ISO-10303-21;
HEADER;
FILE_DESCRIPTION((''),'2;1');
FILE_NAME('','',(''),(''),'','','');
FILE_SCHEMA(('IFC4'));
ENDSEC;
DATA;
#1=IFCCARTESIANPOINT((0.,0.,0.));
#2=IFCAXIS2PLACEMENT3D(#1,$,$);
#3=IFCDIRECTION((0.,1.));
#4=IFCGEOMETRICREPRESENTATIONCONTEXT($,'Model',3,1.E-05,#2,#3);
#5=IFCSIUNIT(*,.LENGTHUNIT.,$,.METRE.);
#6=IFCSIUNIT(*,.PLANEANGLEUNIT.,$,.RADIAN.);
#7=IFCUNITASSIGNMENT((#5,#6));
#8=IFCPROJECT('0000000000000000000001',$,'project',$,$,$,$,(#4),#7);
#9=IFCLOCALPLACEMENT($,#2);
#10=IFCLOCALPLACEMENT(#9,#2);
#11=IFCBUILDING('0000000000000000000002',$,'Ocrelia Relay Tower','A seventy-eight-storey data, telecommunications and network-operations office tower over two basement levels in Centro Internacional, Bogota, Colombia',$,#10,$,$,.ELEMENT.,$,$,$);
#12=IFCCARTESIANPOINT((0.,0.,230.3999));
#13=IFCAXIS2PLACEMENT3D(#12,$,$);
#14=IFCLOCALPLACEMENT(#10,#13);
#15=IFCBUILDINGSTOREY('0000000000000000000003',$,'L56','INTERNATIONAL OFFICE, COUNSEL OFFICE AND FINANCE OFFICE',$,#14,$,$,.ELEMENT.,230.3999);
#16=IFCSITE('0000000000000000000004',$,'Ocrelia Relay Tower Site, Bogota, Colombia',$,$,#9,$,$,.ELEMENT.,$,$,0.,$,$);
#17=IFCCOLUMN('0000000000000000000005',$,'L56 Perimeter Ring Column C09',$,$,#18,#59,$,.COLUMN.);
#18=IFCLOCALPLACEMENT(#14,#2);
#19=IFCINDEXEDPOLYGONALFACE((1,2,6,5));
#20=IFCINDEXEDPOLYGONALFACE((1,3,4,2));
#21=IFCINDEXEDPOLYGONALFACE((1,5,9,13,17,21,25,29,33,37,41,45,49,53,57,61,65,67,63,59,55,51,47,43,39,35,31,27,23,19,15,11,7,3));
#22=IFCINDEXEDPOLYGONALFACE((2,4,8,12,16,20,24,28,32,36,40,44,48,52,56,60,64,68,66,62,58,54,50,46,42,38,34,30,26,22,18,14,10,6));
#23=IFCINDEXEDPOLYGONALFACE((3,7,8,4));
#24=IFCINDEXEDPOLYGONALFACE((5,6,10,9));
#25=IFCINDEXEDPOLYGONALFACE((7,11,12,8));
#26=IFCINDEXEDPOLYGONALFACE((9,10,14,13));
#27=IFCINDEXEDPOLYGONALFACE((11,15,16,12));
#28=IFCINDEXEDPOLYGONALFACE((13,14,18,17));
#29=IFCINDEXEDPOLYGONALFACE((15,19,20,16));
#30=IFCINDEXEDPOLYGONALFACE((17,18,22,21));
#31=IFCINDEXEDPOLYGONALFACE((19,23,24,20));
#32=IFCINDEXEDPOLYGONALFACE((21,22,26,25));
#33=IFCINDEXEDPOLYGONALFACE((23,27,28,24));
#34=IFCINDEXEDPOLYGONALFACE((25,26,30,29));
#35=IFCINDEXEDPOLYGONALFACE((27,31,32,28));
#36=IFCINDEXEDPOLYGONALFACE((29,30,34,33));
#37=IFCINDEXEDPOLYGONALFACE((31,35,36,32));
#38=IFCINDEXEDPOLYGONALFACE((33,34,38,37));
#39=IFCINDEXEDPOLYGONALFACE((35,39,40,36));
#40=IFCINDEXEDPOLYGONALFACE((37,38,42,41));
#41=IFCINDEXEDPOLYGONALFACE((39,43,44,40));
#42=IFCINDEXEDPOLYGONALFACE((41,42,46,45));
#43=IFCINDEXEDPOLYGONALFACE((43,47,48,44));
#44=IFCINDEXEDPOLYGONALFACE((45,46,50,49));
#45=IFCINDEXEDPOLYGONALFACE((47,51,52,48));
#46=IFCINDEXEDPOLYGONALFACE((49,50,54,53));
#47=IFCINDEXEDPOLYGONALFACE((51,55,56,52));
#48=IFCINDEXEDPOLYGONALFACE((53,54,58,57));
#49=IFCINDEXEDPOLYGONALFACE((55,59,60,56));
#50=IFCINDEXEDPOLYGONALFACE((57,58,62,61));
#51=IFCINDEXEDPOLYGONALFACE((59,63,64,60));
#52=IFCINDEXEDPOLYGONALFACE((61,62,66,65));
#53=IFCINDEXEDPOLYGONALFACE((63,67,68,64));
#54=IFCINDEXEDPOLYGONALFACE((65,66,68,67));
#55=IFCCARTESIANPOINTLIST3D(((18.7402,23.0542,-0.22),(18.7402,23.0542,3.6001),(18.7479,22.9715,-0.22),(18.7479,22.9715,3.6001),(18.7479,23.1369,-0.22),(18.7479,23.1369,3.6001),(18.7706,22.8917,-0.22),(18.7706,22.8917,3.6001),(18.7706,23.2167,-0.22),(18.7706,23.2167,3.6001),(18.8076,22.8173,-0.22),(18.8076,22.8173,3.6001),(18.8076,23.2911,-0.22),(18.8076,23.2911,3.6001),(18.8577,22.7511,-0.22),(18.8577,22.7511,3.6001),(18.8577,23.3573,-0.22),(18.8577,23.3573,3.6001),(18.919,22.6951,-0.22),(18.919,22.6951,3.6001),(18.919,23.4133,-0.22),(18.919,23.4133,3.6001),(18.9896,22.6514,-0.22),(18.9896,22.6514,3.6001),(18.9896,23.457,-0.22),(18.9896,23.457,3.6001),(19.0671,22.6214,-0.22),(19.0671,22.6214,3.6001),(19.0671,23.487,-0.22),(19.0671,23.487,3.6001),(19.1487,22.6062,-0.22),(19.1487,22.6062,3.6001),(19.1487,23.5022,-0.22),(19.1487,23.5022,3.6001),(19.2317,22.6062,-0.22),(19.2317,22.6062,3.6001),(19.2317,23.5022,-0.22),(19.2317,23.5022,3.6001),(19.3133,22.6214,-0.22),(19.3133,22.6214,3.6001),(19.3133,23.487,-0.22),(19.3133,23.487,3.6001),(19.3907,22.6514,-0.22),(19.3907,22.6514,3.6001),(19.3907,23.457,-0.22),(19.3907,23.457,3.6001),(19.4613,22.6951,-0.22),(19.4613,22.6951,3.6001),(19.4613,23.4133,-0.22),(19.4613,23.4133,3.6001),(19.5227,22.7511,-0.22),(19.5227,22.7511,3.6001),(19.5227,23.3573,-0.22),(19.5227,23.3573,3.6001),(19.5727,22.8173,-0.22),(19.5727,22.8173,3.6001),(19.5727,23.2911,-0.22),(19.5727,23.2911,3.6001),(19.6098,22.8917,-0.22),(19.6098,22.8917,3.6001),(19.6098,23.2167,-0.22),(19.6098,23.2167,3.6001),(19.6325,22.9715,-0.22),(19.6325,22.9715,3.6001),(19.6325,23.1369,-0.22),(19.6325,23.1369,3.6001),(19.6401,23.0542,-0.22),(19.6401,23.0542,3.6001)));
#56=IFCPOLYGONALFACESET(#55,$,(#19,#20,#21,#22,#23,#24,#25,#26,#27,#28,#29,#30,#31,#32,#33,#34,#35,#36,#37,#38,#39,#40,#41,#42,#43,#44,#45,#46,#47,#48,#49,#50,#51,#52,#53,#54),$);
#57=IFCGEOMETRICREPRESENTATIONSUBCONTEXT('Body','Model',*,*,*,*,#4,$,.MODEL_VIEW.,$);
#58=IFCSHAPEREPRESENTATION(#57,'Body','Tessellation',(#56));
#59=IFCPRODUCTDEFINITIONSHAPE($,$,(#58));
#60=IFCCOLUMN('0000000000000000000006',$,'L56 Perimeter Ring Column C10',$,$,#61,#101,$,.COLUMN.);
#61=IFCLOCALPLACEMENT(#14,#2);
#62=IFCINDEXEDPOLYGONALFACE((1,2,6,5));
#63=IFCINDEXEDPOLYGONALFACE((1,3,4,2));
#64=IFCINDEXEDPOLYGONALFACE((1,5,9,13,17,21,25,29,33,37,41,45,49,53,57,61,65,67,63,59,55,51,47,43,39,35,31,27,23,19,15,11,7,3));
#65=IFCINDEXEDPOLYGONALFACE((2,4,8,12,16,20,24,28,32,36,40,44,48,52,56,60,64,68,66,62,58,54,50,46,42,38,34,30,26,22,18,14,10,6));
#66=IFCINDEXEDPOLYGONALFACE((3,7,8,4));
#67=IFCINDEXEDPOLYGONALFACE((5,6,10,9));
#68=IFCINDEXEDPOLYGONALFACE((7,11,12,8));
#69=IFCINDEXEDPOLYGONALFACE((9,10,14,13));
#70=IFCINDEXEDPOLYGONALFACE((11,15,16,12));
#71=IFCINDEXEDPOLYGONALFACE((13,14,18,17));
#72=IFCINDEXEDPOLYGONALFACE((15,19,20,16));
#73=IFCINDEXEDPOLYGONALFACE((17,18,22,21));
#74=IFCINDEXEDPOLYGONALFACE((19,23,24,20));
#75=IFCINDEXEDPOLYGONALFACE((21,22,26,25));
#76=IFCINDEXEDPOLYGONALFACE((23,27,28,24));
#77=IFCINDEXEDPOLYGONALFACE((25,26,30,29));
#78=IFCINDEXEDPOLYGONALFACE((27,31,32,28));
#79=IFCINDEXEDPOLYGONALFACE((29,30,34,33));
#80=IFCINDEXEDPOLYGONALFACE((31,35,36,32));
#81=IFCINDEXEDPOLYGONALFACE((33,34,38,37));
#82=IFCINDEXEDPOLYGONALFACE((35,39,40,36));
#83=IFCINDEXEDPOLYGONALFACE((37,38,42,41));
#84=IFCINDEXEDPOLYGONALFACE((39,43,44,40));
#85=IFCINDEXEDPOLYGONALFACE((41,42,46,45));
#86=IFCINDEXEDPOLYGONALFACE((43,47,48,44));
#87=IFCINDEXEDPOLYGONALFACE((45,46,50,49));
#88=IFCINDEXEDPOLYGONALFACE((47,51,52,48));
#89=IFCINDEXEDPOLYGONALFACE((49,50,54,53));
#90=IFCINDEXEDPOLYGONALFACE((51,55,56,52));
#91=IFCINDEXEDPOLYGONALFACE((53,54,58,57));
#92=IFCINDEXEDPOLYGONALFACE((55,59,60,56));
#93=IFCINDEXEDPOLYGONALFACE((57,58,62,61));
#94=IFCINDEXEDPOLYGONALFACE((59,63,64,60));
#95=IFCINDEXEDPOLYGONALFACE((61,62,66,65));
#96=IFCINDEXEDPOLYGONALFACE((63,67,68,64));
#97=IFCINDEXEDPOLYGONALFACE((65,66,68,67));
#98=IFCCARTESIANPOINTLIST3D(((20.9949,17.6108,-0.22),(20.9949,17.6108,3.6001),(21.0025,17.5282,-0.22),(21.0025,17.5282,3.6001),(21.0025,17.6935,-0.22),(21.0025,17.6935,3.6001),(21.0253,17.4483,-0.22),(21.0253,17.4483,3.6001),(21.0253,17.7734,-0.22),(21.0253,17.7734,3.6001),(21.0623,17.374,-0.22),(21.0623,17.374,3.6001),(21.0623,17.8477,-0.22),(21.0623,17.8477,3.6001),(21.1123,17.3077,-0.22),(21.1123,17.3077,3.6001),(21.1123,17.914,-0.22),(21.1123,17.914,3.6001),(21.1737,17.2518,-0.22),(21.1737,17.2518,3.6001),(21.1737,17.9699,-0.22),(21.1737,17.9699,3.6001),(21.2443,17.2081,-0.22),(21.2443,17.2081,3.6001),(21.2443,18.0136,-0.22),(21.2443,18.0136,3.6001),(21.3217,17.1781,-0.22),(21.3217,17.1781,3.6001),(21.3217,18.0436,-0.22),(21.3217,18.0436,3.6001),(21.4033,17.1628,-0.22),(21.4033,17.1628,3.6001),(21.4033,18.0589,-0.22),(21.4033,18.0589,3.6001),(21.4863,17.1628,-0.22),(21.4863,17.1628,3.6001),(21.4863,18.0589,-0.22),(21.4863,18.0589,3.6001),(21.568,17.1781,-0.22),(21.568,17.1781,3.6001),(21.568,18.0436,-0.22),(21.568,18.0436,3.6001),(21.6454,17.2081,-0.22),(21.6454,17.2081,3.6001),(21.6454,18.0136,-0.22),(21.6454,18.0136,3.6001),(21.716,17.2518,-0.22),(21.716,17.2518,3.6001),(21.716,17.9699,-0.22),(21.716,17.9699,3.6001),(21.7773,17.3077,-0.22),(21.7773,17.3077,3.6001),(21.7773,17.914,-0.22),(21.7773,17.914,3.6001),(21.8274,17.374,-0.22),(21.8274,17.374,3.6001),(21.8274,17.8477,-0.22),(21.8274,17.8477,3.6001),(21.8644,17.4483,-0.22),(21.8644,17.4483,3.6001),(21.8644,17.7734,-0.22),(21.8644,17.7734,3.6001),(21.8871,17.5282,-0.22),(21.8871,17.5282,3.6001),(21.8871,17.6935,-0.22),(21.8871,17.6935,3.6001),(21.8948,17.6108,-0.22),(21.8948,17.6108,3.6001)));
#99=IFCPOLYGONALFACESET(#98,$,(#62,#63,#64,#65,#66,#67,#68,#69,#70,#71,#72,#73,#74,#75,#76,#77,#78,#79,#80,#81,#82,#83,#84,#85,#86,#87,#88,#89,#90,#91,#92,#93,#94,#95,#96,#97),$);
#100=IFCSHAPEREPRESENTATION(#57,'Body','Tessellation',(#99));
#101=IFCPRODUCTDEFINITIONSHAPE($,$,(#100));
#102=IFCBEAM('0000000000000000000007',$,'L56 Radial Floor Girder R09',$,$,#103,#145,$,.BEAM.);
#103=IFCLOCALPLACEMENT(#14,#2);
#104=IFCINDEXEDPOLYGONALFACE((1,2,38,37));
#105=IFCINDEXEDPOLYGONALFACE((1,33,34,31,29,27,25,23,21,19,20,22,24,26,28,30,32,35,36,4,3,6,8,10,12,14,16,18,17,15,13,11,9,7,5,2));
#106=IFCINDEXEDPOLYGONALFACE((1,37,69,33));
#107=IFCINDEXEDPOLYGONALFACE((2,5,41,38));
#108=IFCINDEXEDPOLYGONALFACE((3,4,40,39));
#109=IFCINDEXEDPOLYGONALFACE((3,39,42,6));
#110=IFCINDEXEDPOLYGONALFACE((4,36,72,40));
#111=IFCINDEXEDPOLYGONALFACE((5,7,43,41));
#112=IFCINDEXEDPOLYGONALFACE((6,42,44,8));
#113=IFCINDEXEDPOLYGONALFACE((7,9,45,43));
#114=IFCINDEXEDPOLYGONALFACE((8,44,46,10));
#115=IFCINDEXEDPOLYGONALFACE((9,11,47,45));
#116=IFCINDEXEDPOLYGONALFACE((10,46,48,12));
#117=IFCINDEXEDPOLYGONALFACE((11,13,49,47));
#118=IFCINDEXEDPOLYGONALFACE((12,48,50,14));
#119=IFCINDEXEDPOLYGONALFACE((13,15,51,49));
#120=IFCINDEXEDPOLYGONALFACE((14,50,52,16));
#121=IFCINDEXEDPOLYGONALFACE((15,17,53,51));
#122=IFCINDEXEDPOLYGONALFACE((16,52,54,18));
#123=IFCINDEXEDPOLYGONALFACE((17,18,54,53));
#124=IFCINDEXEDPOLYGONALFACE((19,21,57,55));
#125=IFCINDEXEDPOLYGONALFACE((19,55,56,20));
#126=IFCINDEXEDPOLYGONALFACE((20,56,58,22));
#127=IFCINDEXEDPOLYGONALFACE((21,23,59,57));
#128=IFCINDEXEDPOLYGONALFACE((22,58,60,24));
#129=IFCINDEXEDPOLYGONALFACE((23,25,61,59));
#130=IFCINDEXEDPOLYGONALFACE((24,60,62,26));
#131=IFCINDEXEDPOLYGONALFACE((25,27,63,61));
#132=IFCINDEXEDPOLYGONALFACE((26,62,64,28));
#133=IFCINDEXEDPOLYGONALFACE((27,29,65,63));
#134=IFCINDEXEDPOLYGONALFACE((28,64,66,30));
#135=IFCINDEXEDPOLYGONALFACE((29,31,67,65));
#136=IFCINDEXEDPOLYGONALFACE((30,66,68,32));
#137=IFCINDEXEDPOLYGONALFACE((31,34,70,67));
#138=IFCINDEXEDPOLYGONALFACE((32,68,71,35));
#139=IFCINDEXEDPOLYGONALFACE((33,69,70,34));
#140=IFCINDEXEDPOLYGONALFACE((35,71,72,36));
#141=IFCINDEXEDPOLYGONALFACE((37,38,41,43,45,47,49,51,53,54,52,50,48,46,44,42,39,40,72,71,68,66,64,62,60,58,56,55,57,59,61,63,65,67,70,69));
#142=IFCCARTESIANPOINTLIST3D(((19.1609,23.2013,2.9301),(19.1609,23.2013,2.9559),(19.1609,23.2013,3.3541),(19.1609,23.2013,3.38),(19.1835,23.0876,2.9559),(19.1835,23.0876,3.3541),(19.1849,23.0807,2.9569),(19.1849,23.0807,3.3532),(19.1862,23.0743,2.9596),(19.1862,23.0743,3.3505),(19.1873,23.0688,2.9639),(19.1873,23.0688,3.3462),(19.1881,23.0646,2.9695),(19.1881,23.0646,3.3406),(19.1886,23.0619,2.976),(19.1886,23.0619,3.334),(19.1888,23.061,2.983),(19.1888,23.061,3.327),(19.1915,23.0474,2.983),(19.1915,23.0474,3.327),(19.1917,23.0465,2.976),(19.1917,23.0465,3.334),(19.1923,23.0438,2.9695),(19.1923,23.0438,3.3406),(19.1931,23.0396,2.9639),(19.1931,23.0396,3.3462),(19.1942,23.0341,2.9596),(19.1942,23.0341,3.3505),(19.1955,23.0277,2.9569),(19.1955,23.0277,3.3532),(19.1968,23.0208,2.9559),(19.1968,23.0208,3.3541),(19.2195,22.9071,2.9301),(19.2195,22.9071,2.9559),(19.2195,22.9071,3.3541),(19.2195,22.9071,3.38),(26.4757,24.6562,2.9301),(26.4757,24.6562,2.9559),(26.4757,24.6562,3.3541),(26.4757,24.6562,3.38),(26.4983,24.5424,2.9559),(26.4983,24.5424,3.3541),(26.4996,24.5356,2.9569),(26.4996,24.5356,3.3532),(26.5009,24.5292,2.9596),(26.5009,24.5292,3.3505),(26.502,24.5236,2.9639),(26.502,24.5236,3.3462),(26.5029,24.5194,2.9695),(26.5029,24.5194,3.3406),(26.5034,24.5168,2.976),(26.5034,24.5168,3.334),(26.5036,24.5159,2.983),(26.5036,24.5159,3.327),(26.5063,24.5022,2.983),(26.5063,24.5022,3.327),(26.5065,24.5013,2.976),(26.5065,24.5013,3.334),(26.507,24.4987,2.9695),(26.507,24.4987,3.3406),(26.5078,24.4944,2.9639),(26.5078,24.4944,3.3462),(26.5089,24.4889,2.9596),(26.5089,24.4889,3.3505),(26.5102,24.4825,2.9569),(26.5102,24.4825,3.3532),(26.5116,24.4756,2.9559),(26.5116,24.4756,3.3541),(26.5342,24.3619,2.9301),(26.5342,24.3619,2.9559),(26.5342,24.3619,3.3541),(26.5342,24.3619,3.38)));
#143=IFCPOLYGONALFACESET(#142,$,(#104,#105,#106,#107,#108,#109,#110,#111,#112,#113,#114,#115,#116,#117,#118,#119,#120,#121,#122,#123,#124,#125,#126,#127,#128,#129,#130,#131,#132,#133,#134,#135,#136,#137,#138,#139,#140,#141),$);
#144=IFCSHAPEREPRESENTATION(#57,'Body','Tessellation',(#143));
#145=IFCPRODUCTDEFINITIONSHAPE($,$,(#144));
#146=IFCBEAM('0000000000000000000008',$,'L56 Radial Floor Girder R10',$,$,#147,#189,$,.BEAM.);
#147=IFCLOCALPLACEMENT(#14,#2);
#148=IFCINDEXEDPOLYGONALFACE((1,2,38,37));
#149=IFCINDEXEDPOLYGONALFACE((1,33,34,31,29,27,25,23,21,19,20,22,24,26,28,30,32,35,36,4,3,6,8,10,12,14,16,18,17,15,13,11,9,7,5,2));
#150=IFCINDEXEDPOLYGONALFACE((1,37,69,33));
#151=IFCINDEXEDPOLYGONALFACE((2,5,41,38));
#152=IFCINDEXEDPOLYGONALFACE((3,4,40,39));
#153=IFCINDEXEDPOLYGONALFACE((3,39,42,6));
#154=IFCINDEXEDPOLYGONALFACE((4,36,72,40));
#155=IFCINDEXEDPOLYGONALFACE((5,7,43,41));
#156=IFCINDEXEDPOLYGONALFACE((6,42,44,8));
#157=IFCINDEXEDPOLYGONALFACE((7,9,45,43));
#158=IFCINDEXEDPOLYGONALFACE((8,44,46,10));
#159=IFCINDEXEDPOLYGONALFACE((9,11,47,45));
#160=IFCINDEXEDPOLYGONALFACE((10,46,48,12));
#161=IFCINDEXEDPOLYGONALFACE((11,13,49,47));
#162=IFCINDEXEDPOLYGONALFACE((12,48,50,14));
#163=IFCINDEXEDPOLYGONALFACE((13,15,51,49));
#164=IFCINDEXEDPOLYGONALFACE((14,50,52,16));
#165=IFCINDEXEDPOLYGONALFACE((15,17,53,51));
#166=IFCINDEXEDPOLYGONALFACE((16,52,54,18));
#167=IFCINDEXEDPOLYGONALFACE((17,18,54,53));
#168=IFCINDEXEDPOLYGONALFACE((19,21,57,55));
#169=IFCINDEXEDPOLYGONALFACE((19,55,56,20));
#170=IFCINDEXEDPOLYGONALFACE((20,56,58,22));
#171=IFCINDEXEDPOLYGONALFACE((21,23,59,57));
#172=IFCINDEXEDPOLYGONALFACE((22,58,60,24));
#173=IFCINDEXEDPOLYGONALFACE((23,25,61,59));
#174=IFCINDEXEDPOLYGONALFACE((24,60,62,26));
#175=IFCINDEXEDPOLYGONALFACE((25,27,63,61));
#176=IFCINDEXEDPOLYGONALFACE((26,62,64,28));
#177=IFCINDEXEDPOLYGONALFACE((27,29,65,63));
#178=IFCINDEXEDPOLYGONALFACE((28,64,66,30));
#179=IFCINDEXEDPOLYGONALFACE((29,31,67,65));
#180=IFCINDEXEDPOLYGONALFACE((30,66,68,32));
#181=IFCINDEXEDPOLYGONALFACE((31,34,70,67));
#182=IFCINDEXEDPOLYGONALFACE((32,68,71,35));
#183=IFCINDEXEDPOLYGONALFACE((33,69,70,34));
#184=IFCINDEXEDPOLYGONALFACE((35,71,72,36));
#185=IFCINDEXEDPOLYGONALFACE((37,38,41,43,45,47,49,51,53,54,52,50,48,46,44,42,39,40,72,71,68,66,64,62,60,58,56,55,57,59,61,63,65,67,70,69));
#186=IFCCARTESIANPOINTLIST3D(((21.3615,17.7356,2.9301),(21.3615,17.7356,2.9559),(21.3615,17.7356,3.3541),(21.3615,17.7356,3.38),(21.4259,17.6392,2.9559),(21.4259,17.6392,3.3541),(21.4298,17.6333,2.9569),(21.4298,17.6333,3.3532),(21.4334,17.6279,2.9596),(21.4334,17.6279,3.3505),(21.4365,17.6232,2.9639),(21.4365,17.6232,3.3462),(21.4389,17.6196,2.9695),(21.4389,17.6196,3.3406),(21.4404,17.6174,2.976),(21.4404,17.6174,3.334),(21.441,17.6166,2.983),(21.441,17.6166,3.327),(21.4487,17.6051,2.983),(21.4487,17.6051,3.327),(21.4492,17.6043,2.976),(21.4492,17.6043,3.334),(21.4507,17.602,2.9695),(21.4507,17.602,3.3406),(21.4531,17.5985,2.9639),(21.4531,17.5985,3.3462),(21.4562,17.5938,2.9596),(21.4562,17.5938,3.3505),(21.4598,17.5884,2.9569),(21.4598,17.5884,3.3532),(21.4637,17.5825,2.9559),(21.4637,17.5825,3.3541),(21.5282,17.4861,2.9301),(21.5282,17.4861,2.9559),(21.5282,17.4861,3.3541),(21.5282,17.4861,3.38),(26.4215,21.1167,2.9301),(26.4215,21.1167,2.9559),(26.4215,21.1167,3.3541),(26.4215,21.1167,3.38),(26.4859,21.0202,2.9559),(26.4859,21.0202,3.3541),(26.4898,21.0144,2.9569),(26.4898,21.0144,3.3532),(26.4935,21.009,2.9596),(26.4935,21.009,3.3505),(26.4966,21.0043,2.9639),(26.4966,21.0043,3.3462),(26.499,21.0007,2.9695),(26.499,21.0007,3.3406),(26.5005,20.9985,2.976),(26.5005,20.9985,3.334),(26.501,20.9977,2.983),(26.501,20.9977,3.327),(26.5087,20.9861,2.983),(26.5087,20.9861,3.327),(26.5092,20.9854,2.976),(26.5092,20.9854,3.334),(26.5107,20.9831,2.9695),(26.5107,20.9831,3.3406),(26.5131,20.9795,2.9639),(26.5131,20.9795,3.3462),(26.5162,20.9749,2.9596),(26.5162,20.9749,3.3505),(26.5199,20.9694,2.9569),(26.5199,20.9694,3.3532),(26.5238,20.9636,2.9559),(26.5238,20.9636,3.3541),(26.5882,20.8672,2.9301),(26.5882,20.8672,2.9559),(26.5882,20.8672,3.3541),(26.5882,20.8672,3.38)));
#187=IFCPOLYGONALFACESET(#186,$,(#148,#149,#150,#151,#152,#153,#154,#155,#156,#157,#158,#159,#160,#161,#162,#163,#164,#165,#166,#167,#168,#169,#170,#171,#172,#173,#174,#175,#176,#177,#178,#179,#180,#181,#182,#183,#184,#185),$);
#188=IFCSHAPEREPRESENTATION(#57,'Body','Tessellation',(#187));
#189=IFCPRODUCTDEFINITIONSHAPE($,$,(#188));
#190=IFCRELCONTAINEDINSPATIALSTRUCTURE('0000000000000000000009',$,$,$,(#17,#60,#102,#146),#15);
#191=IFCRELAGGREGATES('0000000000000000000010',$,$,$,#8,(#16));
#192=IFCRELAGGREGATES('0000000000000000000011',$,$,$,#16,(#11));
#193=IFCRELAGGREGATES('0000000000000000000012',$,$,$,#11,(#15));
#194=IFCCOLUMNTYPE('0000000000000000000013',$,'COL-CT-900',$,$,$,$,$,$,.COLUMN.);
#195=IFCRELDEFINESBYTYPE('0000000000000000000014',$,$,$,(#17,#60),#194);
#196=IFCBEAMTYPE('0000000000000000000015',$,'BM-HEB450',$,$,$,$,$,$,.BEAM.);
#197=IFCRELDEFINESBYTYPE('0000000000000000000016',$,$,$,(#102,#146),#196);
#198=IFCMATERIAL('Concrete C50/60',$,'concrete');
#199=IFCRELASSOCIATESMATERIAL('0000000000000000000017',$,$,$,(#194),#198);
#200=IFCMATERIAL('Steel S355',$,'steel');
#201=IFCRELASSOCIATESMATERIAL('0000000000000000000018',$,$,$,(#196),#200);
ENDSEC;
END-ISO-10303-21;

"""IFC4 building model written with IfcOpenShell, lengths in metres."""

from ifc_helpers import new_model, si_unit, direction, frame, origin, origin_2d, place, context, subcontext, project, spatial, circle, i_section, extrude, material, material_profile, profile_set, type_object, element, save


model = new_model("IFC4")

# Units and contexts
model_context = context("Model", 3, precision=1e-05, world=origin(), true_north=direction((0.0, 1.0)))
body_context = subcontext(model_context, "Body", "Model", "MODEL_VIEW")
ifc_project = project(units=[si_unit("LENGTHUNIT", "METRE"), si_unit("PLANEANGLEUNIT", "RADIAN")], contexts=[model_context])

# Site, building, storey
site_placement = place(None, origin())
site = spatial("IfcSite", under=ifc_project, at=site_placement, Name="Ocrelia Relay Tower Site, Bogota, Colombia", CompositionType="ELEMENT", RefElevation=0.0)
building_placement = place(site_placement, origin())
building = spatial("IfcBuilding", under=site, at=building_placement, Name="Ocrelia Relay Tower", Description="A seventy-eight-storey data, telecommunications and network-operations office tower over two basement levels in Centro Internacional, Bogota, Colombia", CompositionType="ELEMENT")
storey_placement = place(building_placement, frame((0.0, 0.0, 230.3999)))
storey = spatial("IfcBuildingStorey", under=building, at=storey_placement, Name="L56", Description="INTERNATIONAL OFFICE, COUNSEL OFFICE AND FINANCE OFFICE", CompositionType="ELEMENT", Elevation=230.3999)

# Columns
ifc_material_1 = material(Name="Concrete C50/60", Category="concrete")
ifc_material_profile_1 = material_profile(ifc_material_1, circle(Radius=0.45, at=origin_2d()), Name="RC-CIR-900")
ifc_profile_set_1 = profile_set([ifc_material_profile_1], Name="Concrete C50/60")
column_type = type_object("IfcColumnType", Name="COL-CT-900", PredefinedType="COLUMN", material=ifc_profile_set_1)
for number, where, z_axis, x_axis, name in (
    (1, (19.1902, 23.0542, -0.22), (0.0, 0.0, 1.0), (1.0, 0.0, 0.0), "L56 Perimeter Ring Column C09"),
    (2, (21.4448, 17.6108, -0.22), (0.0, 0.0, 1.0), (1.0, 0.0, 0.0), "L56 Perimeter Ring Column C10"),
):
    element("IfcColumn", number, at=place(storey_placement, frame(where, z_axis=z_axis, x_axis=x_axis)), inside=storey, type_object=column_type, Name=name, PredefinedType="COLUMN", context=body_context, shape_type="SweptSolid", body=[
        extrude(circle(Radius=0.45, at=origin_2d()), origin(), (0.0, 0.0, 1.0), 3.8201),
    ])

# Beams
ifc_material_2 = material(Name="Steel S355", Category="steel")
ifc_material_profile_2 = material_profile(ifc_material_2, i_section(OverallWidth=0.3, OverallDepth=0.45, WebThickness=0.0139, FlangeThickness=0.0259, FilletRadius=0.0271, at=origin_2d()), Name="HEB 450")
ifc_profile_set_2 = profile_set([ifc_material_profile_2], Name="Steel S355")
beam_type = type_object("IfcBeamType", Name="BM-HEB450", PredefinedType="BEAM", material=ifc_profile_set_2)
beam_1_placement = place(storey_placement, frame((19.1902, 23.0542, 3.155), z_axis=(0.980789, 0.195071, 0.0), x_axis=(-0.195071, 0.980789, 0.0)))
element("IfcBeam", 3, at=beam_1_placement, inside=storey, type_object=beam_type, Name="L56 Radial Floor Girder R09", PredefinedType="BEAM", context=body_context, shape_type="SweptSolid", body=[
    extrude(i_section(OverallWidth=0.3, OverallDepth=0.45, WebThickness=0.0139, FlangeThickness=0.0259, FilletRadius=0.0271, at=origin_2d()), origin(), (0.0, 0.0, 1.0), 7.458),
])
beam_2_placement = place(storey_placement, frame((21.4448, 17.6108, 3.155), z_axis=(0.831464, 0.555579, 0.0), x_axis=(-0.555579, 0.831464, 0.0)))
element("IfcBeam", 4, at=beam_2_placement, inside=storey, type_object=beam_type, Name="L56 Radial Floor Girder R10", PredefinedType="BEAM", context=body_context, shape_type="SweptSolid", body=[
    extrude(i_section(OverallWidth=0.3, OverallDepth=0.45, WebThickness=0.0139, FlangeThickness=0.0259, FilletRadius=0.0271, at=origin_2d()), origin(), (0.0, 0.0, 1.0), 6.0857),
])

save(model, "model.ifc")
